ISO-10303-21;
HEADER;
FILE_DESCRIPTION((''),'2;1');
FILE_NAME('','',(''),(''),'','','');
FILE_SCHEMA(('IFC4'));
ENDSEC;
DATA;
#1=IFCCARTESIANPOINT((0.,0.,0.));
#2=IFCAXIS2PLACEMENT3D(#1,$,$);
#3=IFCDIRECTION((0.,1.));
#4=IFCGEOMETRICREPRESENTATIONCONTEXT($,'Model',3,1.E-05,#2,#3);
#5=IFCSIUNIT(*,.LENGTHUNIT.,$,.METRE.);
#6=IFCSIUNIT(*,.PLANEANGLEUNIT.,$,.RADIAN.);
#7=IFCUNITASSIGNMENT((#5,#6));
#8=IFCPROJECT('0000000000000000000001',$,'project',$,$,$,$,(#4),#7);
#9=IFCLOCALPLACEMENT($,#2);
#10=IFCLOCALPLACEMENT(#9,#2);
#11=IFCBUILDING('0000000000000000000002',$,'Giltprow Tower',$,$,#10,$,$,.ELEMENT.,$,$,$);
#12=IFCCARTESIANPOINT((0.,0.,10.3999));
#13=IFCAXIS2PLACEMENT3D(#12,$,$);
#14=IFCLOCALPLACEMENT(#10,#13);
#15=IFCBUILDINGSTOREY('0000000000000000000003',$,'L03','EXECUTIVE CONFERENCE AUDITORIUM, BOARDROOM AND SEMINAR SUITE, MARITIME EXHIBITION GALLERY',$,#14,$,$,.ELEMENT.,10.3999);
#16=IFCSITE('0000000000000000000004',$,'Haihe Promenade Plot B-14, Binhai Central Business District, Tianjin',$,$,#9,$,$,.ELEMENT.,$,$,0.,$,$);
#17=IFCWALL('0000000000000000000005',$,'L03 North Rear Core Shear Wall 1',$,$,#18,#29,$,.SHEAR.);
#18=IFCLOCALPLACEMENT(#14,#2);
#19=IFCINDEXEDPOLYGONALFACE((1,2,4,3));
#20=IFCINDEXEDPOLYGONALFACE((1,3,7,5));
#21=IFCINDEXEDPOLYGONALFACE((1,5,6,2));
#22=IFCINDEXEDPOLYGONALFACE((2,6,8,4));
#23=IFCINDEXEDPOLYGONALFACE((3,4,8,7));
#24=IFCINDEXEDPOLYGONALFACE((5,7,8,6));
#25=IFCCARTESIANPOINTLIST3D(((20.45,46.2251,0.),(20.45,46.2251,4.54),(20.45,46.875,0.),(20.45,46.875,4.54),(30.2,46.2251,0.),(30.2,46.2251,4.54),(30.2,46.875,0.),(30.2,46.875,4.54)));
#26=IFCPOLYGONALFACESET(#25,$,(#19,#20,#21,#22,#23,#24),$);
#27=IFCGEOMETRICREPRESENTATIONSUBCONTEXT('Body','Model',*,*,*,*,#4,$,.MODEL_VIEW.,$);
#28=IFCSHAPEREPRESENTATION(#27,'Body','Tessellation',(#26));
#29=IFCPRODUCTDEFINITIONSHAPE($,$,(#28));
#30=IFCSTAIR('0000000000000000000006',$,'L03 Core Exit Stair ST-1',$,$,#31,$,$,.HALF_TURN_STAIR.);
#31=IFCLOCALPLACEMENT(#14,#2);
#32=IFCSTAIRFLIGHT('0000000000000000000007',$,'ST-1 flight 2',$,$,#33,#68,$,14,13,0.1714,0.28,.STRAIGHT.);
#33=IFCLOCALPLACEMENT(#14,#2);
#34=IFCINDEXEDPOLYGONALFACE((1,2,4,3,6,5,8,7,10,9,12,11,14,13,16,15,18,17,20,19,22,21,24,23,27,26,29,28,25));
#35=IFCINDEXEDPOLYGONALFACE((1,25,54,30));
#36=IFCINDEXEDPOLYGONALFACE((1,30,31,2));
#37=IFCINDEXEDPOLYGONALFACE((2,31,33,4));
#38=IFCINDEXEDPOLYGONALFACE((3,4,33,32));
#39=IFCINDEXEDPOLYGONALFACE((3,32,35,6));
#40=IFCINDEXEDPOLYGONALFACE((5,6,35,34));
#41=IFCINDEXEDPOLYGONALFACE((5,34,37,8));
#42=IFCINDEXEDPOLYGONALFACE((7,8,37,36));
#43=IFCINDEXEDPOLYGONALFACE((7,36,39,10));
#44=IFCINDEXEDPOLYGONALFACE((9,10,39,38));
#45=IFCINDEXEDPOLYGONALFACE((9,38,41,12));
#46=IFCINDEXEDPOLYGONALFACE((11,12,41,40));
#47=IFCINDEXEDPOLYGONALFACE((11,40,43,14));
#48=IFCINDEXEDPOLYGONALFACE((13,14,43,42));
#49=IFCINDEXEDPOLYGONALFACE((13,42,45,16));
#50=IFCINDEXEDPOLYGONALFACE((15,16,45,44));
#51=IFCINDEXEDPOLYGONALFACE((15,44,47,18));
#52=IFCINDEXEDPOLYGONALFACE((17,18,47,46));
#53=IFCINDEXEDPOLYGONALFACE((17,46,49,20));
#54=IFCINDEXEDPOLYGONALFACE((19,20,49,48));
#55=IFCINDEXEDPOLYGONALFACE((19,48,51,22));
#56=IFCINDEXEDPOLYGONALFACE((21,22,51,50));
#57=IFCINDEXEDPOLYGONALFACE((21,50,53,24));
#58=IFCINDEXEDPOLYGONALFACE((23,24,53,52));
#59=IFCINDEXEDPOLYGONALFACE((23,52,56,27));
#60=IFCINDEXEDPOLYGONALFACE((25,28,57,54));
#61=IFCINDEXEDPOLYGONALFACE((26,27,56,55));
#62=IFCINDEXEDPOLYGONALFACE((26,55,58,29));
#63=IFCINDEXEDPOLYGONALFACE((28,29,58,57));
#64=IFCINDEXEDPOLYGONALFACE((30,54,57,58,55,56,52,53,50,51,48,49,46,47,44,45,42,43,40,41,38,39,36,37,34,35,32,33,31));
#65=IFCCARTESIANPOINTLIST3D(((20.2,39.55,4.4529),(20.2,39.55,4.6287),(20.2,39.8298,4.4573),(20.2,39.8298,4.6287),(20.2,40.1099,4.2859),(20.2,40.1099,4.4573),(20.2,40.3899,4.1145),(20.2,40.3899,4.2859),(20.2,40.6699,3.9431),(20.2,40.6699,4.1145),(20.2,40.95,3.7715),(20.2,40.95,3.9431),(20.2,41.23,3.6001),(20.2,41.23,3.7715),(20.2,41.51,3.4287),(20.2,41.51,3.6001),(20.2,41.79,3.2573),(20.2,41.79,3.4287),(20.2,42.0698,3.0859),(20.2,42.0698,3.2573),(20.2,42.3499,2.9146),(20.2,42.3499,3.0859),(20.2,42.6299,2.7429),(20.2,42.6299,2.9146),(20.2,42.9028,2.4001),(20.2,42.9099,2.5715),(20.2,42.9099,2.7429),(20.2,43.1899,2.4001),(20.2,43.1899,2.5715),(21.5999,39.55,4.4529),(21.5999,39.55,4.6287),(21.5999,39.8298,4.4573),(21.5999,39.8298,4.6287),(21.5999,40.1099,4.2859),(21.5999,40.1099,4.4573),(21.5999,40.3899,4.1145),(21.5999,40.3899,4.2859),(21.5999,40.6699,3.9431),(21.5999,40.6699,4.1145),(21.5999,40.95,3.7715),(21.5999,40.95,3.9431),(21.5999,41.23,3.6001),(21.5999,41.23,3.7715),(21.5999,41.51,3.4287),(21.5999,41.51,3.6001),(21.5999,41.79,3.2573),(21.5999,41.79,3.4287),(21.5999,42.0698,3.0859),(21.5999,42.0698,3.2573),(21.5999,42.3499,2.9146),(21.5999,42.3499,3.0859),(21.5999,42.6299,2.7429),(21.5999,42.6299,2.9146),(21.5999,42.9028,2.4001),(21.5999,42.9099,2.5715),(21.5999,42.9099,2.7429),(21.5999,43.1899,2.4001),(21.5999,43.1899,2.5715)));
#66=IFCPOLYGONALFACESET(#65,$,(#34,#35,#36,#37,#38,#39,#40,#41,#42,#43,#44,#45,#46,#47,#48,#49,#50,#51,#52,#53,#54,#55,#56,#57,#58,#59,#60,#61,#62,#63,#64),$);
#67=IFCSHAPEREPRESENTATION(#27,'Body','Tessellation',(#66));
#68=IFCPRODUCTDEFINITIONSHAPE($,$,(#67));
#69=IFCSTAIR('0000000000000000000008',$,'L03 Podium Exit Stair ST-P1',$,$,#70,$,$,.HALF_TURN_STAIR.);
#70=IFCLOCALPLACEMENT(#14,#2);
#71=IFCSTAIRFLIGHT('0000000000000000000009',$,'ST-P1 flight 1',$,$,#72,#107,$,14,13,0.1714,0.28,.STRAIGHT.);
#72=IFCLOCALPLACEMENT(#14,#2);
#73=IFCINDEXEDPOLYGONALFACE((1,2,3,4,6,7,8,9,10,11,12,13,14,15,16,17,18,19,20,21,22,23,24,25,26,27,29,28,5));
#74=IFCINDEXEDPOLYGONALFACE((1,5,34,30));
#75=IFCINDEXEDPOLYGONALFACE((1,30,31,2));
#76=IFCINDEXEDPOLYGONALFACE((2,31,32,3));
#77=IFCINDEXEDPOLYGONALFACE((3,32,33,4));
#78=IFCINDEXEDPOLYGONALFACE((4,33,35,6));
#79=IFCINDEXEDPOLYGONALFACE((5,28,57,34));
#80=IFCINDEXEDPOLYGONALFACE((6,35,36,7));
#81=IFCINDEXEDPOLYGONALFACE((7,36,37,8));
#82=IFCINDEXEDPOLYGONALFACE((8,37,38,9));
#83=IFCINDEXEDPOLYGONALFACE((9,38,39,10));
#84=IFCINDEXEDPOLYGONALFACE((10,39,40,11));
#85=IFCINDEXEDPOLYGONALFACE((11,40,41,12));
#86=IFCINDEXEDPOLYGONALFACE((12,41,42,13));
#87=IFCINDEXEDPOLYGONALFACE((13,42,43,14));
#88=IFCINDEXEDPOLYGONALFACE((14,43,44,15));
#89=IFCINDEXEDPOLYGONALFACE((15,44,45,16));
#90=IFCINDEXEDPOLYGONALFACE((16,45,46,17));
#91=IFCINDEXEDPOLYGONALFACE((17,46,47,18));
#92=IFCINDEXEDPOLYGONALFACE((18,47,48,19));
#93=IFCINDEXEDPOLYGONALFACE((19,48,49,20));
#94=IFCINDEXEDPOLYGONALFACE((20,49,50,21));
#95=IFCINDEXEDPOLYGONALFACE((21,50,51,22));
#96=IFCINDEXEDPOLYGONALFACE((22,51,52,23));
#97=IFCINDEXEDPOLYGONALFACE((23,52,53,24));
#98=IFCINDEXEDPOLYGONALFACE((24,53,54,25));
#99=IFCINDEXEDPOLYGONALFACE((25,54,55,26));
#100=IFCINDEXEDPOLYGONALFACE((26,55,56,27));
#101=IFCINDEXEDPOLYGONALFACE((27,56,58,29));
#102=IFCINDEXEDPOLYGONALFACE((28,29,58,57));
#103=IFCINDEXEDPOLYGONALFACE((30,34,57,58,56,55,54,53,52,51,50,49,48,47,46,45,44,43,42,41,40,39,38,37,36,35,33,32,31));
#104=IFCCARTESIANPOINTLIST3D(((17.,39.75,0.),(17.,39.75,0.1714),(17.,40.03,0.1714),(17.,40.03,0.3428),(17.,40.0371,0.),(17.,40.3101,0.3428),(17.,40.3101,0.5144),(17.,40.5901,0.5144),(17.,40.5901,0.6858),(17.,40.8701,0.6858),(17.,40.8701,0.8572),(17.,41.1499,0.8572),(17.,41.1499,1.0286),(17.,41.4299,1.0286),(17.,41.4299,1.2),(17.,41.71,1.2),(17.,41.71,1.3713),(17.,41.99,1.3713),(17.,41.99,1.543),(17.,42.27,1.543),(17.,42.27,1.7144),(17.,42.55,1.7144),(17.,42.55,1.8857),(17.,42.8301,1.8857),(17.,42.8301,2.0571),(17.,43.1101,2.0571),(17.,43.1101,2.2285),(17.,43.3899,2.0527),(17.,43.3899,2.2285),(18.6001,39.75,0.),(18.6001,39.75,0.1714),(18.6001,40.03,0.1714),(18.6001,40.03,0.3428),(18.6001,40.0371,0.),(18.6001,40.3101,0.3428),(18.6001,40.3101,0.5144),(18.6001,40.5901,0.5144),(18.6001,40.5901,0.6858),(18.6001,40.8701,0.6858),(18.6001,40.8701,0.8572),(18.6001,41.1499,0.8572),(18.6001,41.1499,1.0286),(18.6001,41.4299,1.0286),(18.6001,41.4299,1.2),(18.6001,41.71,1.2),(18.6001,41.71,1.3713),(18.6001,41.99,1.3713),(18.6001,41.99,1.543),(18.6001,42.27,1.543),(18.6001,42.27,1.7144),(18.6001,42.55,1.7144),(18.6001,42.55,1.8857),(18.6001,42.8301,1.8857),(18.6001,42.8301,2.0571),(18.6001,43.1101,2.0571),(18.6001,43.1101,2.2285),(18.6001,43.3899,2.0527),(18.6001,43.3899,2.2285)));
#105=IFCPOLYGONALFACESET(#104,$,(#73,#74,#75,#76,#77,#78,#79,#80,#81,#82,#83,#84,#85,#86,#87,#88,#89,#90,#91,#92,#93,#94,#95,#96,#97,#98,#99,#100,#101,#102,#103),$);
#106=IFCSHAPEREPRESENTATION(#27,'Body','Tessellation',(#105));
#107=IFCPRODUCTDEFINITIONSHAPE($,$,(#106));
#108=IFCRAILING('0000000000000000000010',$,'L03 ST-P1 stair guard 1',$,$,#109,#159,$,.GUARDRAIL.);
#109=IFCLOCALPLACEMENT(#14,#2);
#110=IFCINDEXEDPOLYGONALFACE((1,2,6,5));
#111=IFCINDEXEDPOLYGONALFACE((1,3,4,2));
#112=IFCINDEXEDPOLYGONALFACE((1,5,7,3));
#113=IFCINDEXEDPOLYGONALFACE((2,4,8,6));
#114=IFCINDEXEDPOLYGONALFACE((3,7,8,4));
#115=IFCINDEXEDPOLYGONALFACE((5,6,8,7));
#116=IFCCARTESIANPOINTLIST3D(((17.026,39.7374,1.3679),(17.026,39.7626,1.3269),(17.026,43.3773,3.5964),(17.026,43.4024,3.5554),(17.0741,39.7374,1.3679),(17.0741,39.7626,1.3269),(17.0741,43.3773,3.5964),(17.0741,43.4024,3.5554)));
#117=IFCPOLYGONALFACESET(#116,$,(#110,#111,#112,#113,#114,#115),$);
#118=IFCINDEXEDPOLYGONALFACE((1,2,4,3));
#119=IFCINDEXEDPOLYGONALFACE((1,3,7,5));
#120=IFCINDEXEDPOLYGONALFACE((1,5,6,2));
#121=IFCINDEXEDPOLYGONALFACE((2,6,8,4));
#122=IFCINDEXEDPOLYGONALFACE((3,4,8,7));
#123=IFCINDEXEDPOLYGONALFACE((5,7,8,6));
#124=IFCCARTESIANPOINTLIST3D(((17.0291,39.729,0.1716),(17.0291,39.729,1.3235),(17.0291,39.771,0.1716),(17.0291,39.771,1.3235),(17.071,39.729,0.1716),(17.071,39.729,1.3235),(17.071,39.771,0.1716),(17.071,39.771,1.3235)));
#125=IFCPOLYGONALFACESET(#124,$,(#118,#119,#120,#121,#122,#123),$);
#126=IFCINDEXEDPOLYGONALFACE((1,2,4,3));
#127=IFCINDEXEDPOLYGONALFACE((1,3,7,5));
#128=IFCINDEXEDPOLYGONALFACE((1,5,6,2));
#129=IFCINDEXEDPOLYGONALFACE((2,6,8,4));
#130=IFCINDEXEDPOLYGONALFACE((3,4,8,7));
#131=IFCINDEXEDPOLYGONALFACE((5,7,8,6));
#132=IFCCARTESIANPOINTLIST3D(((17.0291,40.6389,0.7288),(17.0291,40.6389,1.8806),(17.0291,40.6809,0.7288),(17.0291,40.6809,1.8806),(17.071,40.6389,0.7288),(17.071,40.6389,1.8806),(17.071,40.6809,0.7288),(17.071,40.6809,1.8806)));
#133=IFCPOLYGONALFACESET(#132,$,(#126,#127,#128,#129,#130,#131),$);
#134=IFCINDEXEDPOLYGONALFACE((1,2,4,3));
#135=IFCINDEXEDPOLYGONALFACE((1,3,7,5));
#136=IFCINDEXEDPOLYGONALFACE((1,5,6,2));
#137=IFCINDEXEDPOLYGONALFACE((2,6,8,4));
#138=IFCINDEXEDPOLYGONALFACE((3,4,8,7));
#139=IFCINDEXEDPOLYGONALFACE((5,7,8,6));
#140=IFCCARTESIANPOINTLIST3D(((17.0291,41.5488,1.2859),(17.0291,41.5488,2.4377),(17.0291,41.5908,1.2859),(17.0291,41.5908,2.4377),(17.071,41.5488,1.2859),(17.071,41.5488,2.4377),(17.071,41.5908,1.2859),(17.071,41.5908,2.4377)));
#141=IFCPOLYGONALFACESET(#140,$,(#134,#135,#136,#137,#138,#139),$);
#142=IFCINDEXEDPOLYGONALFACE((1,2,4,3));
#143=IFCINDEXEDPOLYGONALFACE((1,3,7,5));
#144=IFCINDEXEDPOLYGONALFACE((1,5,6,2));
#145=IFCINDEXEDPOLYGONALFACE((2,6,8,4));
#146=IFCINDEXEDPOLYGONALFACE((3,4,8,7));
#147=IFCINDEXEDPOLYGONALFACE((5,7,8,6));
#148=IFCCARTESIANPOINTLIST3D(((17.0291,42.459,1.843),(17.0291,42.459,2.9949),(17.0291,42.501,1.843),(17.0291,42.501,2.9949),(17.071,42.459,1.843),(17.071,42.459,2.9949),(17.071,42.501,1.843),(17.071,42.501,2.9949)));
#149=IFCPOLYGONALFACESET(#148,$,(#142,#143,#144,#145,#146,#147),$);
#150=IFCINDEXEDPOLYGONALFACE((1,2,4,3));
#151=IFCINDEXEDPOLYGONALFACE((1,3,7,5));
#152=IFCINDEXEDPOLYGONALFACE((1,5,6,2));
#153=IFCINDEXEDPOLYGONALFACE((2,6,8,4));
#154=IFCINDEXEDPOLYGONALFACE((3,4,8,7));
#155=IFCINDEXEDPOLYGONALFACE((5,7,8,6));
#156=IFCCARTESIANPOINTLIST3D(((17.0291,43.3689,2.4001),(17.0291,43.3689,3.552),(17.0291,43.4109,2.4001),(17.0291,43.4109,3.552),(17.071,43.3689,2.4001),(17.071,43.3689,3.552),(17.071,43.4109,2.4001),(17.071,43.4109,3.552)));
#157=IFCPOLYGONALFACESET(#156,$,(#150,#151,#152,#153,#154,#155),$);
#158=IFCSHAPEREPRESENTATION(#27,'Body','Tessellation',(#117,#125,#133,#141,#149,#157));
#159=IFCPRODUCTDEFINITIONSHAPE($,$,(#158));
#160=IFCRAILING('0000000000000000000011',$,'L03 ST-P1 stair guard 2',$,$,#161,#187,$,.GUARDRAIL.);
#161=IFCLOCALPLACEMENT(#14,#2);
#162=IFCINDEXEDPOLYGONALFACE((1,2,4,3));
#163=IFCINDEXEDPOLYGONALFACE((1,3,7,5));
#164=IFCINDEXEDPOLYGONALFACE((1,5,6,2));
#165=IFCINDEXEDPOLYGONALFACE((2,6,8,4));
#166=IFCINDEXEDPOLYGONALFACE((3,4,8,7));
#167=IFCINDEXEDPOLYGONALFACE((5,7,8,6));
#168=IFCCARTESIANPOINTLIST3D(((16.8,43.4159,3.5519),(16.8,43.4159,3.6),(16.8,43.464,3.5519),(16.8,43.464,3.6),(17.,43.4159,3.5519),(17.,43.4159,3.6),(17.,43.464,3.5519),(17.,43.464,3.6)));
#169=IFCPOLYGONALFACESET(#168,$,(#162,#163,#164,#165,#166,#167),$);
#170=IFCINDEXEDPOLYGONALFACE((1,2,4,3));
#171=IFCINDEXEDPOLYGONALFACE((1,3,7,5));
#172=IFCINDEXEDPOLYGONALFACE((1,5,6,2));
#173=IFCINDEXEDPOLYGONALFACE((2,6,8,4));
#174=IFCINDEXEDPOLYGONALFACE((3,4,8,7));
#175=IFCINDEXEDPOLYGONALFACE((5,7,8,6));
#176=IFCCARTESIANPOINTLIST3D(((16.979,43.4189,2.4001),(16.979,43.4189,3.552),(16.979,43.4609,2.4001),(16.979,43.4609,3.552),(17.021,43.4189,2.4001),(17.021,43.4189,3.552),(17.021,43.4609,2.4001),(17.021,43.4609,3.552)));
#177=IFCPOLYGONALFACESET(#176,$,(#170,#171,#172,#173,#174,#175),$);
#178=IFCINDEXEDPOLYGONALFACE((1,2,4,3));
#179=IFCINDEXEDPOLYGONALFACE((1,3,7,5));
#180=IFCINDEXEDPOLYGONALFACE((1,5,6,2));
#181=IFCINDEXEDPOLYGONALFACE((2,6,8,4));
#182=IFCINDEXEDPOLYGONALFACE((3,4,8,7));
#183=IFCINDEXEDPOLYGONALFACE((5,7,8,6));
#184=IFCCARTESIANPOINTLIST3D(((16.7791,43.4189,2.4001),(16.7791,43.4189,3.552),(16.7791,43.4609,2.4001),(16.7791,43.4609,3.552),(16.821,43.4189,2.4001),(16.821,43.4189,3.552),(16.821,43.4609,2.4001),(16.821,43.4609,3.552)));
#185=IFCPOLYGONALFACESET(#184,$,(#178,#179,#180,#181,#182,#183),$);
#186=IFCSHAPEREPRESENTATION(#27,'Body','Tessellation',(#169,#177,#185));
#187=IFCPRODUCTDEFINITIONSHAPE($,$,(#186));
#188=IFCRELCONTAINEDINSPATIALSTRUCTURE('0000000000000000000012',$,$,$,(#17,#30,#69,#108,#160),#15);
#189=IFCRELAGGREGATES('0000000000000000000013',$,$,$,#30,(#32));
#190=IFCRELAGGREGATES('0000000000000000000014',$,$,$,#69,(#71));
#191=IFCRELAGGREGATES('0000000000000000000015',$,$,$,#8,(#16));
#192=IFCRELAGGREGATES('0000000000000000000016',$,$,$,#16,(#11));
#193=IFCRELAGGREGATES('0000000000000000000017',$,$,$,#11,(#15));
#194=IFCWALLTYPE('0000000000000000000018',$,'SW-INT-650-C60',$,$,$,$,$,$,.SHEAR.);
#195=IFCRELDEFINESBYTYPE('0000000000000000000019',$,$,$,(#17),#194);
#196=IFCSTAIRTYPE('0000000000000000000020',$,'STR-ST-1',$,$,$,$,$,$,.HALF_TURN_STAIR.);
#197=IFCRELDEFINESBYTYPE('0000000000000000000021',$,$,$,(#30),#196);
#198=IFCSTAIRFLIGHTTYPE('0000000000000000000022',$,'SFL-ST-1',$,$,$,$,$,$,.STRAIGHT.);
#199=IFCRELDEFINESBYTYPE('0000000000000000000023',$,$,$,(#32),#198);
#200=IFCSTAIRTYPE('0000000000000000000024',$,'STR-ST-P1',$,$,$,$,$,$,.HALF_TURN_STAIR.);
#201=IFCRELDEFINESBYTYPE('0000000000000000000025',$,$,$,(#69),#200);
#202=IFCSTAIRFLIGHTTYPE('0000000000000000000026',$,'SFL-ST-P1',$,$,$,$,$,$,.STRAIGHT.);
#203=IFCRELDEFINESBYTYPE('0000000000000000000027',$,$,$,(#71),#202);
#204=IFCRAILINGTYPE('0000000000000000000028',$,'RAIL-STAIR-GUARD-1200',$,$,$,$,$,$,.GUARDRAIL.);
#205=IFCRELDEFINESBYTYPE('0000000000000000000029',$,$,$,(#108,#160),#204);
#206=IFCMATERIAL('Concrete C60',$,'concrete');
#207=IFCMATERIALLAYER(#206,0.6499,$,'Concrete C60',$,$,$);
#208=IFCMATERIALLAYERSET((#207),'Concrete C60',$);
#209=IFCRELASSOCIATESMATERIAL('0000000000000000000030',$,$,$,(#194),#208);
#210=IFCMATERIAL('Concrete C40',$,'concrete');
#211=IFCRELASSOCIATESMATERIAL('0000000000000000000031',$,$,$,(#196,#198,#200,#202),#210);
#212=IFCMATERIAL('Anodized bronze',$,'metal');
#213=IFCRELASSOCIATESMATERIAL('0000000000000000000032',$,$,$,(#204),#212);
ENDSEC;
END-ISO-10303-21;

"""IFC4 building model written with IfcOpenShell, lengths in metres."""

from ifc_helpers import new_model, si_unit, direction, frame, frame_2d, origin, origin_2d, place, context, subcontext, project, spatial, polyline, rectangle, outline, extrude, material, layer, layer_set, type_object, element, aggregate, save


model = new_model("IFC4")

# Units and contexts
model_context = context("Model", 3, precision=1e-05, world=origin(), true_north=direction((0.0, 1.0)))
body_context = subcontext(model_context, "Body", "Model", "MODEL_VIEW")
ifc_project = project(units=[si_unit("LENGTHUNIT", "METRE"), si_unit("PLANEANGLEUNIT", "RADIAN")], contexts=[model_context])

# Site, building, storey
site_placement = place(None, origin())
site = spatial("IfcSite", under=ifc_project, at=site_placement, Name="Haihe Promenade Plot B-14, Binhai Central Business District, Tianjin", CompositionType="ELEMENT", RefElevation=0.0)
building_placement = place(site_placement, origin())
building = spatial("IfcBuilding", under=site, at=building_placement, Name="Giltprow Tower", CompositionType="ELEMENT")
storey_placement = place(building_placement, frame((0.0, 0.0, 10.3999)))
storey = spatial("IfcBuildingStorey", under=building, at=storey_placement, Name="L03", Description="EXECUTIVE CONFERENCE AUDITORIUM, BOARDROOM AND SEMINAR SUITE, MARITIME EXHIBITION GALLERY", CompositionType="ELEMENT", Elevation=10.3999)

# Shared definitions
ifc_material_1 = material(Name="Concrete C60", Category="concrete")

# Wall
ifc_material_2 = material(Name="Concrete C40", Category="concrete")
ifc_layer_1 = layer(ifc_material_1, 0.6499, Name="Concrete C60")
ifc_layer_set_1 = layer_set([ifc_layer_1], Name="Concrete C60")
wall_type_1 = type_object("IfcWallType", Name="SW-INT-650-C60", PredefinedType="SHEAR", material=ifc_layer_set_1)
wall_1_placement = place(storey_placement, frame((20.45, 46.55, 0.0), z_axis=(0.0, 0.0, 1.0), x_axis=(1.0, 0.0, 0.0)))
element("IfcWall", 1, at=wall_1_placement, inside=storey, type_object=wall_type_1, Name="L03 North Rear Core Shear Wall 1", PredefinedType="SHEAR", context=body_context, shape_type="SweptSolid", body=[
    extrude(rectangle(XDim=9.75, YDim=0.6499, at=frame_2d((4.875, 0.0))), origin(), (0.0, 0.0, 1.0), 4.54),
])

# Stairs, stair flights
stair_type_1 = type_object("IfcStairType", Name="STR-ST-1", PredefinedType="HALF_TURN_STAIR", material=ifc_material_2)
stair_1_placement = place(storey_placement, origin())
stair_1 = element("IfcStair", 2, at=stair_1_placement, inside=storey, type_object=stair_type_1, Name="L03 Core Exit Stair ST-1", PredefinedType="HALF_TURN_STAIR")
stair_flight_type_1 = type_object("IfcStairFlightType", Name="SFL-ST-1", PredefinedType="STRAIGHT", material=ifc_material_2)
stair_flight_1_placement = place(storey_placement, frame((20.8999, 43.1899, 2.4001), z_axis=(0.0, 0.0, 1.0), x_axis=(0.0, -1.0, 0.0)))
stair_flight_1 = element("IfcStairFlight", 3, at=stair_flight_1_placement, type_object=stair_flight_type_1, Name="ST-1 flight 2", NumberOfRisers=14, NumberOfTreads=13, PredefinedType="STRAIGHT", RiserHeight=0.1714, TreadLength=0.28, context=body_context, shape_type="SweptSolid", body=[
    extrude(outline(polyline([(0.0, 0.0), (0.0, 0.1714), (0.28, 0.1714), (0.28, 0.3428), (0.5601, 0.3428), (0.5601, 0.5144), (0.8401, 0.5144), (0.8401, 0.6858), (1.1201, 0.6858), (1.1201, 0.8572), (1.3999, 0.8572), (1.3999, 1.0286), (1.6799, 1.0286), (1.6799, 1.2), (1.96, 1.2), (1.96, 1.3713), (2.24, 1.3713), (2.24, 1.543), (2.52, 1.543), (2.52, 1.7144), (2.8, 1.7144), (2.8, 1.8857), (3.0801, 1.8857), (3.0801, 2.0571), (3.3601, 2.0571), (3.3601, 2.2285), (3.6399, 2.2285), (3.6399, 2.3999), (3.6399, 2.0527), (0.2871, 0.0), (0.0, 0.0)])), frame((0.0, 0.7, 0.0), z_axis=(0.0, -1.0, 0.0), x_axis=(1.0, 0.0, 0.0)), (0.0, 0.0, 1.0), 1.3999),
])
aggregate(stair_1, [stair_flight_1])
stair_type_2 = type_object("IfcStairType", Name="STR-ST-P1", PredefinedType="HALF_TURN_STAIR", material=ifc_material_2)
stair_2_placement = place(storey_placement, origin())
stair_2 = element("IfcStair", 4, at=stair_2_placement, inside=storey, type_object=stair_type_2, Name="L03 Podium Exit Stair ST-P1", PredefinedType="HALF_TURN_STAIR")
stair_flight_type_2 = type_object("IfcStairFlightType", Name="SFL-ST-P1", PredefinedType="STRAIGHT", material=ifc_material_2)
stair_flight_2_placement = place(storey_placement, frame((17.8, 39.75, 0.0), z_axis=(0.0, 0.0, 1.0), x_axis=(0.0, 1.0, 0.0)))
stair_flight_2 = element("IfcStairFlight", 5, at=stair_flight_2_placement, type_object=stair_flight_type_2, Name="ST-P1 flight 1", NumberOfRisers=14, NumberOfTreads=13, PredefinedType="STRAIGHT", RiserHeight=0.1714, TreadLength=0.28, context=body_context, shape_type="SweptSolid", body=[
    extrude(outline(polyline([(0.0, 0.0), (0.0, 0.1714), (0.28, 0.1714), (0.28, 0.3428), (0.5601, 0.3428), (0.5601, 0.5144), (0.8401, 0.5144), (0.8401, 0.6858), (1.1201, 0.6858), (1.1201, 0.8572), (1.3999, 0.8572), (1.3999, 1.0286), (1.6799, 1.0286), (1.6799, 1.2), (1.96, 1.2), (1.96, 1.3713), (2.24, 1.3713), (2.24, 1.543), (2.52, 1.543), (2.52, 1.7144), (2.8, 1.7144), (2.8, 1.8857), (3.0801, 1.8857), (3.0801, 2.0571), (3.3601, 2.0571), (3.3601, 2.2285), (3.6399, 2.2285), (3.6399, 2.3999), (3.6399, 2.0527), (0.2871, 0.0), (0.0, 0.0)])), frame((0.0, 0.8, 0.0), z_axis=(0.0, -1.0, 0.0), x_axis=(1.0, 0.0, 0.0)), (0.0, 0.0, 1.0), 1.6001),
])
aggregate(stair_2, [stair_flight_2])

# Railings
ifc_material_3 = material(Name="Anodized bronze", Category="metal")
railing_type_1 = type_object("IfcRailingType", Name="RAIL-STAIR-GUARD-1200", PredefinedType="GUARDRAIL", material=ifc_material_3)
railing_1_placement = place(storey_placement, frame((17.05, 39.75, 0.1716)))
element("IfcRailing", 6, at=railing_1_placement, inside=storey, type_object=railing_type_1, Name="L03 ST-P1 stair guard 1", PredefinedType="GUARDRAIL", context=body_context, shape_type="SweptSolid", body=[
    extrude(rectangle(XDim=0.0481, YDim=0.0481, at=origin_2d()), frame((0.0, 0.0, 1.1758), z_axis=(0.0, 0.85285, 0.522156), x_axis=(-1.0, 0.0, 0.0)), (0.0, 0.0, 1.0), 4.2678),
    extrude(rectangle(XDim=0.042, YDim=0.042, at=origin_2d()), origin(), (0.0, 0.0, 1.0), 1.1519),
    extrude(rectangle(XDim=0.042, YDim=0.042, at=origin_2d()), frame((0.0, 0.9099, 0.5571)), (0.0, 0.0, 1.0), 1.1519),
    extrude(rectangle(XDim=0.042, YDim=0.042, at=origin_2d()), frame((0.0, 1.8198, 1.1143)), (0.0, 0.0, 1.0), 1.1519),
    extrude(rectangle(XDim=0.042, YDim=0.042, at=origin_2d()), frame((0.0, 2.73, 1.6714)), (0.0, 0.0, 1.0), 1.1519),
    extrude(rectangle(XDim=0.042, YDim=0.042, at=origin_2d()), frame((0.0, 3.6399, 2.2285)), (0.0, 0.0, 1.0), 1.1519),
])
for number, where, name in (
    (7, (17.0, 43.4399, 2.4001), "L03 ST-P1 stair guard 2"),
):
    element("IfcRailing", number, at=place(storey_placement, frame(where)), inside=storey, type_object=railing_type_1, Name=name, PredefinedType="GUARDRAIL", context=body_context, shape_type="SweptSolid", body=[
        extrude(rectangle(XDim=0.0481, YDim=0.0481, at=origin_2d()), frame((0.0, 0.0, 1.1758), z_axis=(-1.0, 0.0, 0.0), x_axis=(0.0, -1.0, 0.0)), (0.0, 0.0, 1.0), 0.2),
        extrude(rectangle(XDim=0.042, YDim=0.042, at=origin_2d()), origin(), (0.0, 0.0, 1.0), 1.1519),
        extrude(rectangle(XDim=0.042, YDim=0.042, at=origin_2d()), frame((-0.2, 0.0, 0.0)), (0.0, 0.0, 1.0), 1.1519),
    ])

save(model, "model.ifc")
